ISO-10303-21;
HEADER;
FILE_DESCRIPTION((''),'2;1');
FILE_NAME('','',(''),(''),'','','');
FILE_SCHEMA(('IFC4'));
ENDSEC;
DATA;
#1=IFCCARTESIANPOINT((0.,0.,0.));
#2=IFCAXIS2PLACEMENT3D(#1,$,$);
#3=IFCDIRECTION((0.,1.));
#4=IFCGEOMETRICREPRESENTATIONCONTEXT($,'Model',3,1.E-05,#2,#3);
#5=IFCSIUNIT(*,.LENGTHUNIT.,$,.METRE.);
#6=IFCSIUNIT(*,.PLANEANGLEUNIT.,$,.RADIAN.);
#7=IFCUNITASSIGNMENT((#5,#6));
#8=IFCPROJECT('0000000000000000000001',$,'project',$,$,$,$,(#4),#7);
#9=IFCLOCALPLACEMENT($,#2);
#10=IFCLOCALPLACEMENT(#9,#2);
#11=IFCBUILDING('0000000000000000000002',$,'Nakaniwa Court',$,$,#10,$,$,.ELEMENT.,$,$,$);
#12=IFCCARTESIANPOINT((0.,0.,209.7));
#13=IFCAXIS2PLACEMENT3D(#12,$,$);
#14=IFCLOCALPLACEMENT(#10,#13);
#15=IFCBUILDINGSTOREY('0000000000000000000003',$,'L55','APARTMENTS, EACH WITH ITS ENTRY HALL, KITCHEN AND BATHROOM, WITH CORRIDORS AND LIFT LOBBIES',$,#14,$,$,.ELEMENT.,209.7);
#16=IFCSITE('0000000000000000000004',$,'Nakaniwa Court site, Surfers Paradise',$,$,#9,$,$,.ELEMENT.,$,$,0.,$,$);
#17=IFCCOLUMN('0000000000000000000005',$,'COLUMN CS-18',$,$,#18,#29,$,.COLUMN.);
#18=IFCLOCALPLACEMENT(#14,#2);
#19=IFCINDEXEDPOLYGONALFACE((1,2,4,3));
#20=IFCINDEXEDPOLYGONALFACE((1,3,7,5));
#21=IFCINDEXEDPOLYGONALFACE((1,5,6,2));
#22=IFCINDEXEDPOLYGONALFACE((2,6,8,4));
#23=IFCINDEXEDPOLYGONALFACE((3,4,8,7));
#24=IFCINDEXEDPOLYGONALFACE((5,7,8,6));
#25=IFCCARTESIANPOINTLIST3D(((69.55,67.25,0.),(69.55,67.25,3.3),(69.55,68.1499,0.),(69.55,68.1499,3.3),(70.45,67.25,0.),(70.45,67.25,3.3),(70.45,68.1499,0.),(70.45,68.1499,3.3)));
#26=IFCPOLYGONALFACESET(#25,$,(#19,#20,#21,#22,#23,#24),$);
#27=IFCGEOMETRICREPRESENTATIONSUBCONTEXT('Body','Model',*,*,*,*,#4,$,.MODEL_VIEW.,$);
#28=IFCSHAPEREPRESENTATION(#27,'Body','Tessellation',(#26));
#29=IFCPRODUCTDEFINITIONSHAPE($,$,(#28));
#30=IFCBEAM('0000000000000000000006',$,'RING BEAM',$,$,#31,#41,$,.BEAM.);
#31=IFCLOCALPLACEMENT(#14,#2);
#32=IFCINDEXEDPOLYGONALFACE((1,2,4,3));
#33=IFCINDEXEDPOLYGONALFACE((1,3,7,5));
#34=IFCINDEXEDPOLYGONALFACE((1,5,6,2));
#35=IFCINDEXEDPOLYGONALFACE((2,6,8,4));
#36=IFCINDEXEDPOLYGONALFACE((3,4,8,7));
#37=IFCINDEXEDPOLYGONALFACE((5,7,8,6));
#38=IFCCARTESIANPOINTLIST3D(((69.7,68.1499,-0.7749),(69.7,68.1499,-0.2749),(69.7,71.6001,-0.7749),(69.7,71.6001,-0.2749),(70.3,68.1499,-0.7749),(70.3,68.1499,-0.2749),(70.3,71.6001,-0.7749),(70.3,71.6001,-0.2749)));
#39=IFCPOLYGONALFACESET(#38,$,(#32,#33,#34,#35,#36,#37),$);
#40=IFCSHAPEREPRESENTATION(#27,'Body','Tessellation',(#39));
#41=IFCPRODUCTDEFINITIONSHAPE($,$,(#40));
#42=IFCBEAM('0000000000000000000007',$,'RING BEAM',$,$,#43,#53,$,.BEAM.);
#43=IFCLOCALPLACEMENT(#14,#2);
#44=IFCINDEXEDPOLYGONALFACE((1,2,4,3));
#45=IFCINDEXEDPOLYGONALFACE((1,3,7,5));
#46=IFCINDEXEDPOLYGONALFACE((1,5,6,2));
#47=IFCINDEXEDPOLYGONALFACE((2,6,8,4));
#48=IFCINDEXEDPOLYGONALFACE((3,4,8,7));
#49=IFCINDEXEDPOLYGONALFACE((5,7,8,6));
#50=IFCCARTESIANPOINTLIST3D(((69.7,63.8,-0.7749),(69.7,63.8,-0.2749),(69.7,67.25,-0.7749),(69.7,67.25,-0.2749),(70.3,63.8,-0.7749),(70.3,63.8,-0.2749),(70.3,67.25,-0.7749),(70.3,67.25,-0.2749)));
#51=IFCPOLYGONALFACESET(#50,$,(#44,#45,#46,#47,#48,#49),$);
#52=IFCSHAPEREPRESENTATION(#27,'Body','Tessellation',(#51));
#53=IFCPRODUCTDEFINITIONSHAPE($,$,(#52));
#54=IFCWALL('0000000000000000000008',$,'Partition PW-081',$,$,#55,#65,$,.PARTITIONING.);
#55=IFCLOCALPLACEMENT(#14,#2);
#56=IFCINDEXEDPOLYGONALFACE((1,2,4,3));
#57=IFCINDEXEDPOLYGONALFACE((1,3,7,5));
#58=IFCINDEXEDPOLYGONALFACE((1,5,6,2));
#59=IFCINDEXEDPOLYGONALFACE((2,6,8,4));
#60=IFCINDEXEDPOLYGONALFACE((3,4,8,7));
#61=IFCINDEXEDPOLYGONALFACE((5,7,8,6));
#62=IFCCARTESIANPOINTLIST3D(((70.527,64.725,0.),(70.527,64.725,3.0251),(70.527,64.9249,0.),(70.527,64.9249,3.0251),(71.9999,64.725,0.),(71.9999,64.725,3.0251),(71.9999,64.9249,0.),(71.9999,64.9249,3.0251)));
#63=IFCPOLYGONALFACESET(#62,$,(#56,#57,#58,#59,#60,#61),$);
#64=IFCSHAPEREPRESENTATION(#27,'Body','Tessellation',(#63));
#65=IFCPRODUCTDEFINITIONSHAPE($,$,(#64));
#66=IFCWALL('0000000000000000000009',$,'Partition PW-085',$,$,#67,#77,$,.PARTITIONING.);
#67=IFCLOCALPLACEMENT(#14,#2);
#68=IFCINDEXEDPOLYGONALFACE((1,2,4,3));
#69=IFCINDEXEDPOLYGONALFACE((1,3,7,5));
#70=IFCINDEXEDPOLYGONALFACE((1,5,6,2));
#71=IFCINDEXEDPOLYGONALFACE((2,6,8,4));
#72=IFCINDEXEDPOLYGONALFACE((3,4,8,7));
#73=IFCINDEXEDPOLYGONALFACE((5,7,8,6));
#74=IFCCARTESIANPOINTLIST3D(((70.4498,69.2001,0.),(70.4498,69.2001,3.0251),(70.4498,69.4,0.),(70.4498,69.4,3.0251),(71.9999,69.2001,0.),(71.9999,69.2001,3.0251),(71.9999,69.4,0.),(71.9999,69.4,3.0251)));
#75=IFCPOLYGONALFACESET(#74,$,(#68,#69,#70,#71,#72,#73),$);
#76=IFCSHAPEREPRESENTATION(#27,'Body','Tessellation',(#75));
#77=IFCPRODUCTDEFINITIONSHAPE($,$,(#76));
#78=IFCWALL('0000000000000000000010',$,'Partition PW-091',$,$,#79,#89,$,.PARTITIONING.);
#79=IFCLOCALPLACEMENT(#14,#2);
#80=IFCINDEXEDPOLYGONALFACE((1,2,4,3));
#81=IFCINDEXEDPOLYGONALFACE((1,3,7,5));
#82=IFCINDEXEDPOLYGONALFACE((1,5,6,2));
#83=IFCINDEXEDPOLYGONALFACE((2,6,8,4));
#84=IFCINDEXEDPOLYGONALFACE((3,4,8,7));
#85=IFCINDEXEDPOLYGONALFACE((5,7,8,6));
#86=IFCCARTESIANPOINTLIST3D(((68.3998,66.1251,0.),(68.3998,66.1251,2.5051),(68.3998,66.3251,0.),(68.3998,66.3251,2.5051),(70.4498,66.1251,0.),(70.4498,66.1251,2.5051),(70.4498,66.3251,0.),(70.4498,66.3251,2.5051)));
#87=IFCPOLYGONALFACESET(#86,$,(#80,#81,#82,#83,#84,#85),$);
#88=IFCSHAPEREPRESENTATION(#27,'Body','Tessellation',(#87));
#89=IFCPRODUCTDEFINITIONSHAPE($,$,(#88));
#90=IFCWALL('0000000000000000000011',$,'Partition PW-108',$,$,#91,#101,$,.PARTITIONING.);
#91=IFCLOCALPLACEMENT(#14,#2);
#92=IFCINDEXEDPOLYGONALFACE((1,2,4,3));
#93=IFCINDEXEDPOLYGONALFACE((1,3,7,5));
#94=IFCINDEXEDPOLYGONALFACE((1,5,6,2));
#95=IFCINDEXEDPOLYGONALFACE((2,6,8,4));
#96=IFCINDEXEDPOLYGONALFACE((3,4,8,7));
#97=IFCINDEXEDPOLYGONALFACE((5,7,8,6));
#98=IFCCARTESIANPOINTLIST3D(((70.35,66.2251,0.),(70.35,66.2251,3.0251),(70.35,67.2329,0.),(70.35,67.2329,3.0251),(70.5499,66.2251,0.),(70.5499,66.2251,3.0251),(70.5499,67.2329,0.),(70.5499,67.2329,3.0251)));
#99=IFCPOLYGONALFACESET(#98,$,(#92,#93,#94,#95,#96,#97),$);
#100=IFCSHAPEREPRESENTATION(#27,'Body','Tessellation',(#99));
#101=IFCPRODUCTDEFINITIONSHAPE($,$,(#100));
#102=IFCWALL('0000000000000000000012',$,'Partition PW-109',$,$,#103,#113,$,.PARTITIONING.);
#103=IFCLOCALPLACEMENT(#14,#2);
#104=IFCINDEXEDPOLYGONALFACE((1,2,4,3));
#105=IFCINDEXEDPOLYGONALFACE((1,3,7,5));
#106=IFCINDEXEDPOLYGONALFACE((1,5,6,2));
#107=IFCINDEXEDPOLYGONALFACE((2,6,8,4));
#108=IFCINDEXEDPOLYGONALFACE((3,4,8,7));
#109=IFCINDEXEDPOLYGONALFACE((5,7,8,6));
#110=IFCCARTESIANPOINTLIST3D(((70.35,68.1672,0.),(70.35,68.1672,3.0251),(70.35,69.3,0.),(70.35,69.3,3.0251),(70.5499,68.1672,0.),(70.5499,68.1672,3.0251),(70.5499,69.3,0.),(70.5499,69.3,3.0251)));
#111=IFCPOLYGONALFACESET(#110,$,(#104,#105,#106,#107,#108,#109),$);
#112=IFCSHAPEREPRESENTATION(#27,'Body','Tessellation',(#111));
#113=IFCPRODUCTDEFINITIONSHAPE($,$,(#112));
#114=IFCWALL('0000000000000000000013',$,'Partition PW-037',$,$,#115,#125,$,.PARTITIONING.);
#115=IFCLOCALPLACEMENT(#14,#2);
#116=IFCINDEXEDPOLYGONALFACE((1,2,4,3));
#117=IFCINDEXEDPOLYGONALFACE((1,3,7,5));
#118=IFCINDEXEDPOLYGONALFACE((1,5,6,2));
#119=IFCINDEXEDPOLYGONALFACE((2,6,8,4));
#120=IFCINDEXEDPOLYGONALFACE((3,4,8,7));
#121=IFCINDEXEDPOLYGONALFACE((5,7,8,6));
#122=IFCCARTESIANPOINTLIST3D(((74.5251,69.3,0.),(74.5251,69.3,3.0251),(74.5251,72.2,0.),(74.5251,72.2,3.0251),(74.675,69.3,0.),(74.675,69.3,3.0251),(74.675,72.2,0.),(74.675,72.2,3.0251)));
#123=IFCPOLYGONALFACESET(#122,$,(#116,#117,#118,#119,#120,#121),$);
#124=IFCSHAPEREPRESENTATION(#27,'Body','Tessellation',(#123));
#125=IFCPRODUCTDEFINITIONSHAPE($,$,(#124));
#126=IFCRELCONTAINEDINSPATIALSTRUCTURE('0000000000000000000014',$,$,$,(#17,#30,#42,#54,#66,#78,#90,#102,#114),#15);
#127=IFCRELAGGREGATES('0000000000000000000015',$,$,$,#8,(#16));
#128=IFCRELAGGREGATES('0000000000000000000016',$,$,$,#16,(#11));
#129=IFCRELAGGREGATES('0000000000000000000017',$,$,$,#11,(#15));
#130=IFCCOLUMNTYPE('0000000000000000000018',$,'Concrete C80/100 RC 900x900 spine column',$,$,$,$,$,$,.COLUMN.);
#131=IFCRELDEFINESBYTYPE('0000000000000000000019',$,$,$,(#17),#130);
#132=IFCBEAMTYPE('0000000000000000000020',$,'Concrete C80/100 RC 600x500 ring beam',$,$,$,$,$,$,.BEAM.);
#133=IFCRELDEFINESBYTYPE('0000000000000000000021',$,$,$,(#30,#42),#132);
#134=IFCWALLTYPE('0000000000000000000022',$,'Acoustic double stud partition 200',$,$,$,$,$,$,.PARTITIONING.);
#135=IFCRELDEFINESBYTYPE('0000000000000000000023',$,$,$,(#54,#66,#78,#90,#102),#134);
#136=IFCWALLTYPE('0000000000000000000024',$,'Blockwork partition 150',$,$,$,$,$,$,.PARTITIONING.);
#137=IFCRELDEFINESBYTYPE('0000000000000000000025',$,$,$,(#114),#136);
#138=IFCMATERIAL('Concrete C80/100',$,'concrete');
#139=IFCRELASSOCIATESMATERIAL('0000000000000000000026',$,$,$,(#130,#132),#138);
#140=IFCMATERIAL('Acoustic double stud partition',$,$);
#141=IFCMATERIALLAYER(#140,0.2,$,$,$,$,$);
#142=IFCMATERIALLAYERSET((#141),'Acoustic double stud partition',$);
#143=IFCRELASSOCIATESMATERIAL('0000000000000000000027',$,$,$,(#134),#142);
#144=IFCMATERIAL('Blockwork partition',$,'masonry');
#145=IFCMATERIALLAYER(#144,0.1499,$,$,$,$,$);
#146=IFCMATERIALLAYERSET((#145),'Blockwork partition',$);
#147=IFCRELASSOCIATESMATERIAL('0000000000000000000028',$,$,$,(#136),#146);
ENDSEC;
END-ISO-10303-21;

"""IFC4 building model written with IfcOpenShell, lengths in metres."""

from ifc_helpers import new_model, si_unit, direction, frame, frame_2d, origin, origin_2d, place, context, subcontext, project, spatial, rectangle, extrude, material, layer, layer_set, material_profile, profile_set, type_object, element, save


model = new_model("IFC4")

# Units and contexts
model_context = context("Model", 3, precision=1e-05, world=origin(), true_north=direction((0.0, 1.0)))
body_context = subcontext(model_context, "Body", "Model", "MODEL_VIEW")
ifc_project = project(units=[si_unit("LENGTHUNIT", "METRE"), si_unit("PLANEANGLEUNIT", "RADIAN")], contexts=[model_context])

# Site, building, storey
site_placement = place(None, origin())
site = spatial("IfcSite", under=ifc_project, at=site_placement, Name="Nakaniwa Court site, Surfers Paradise", CompositionType="ELEMENT", RefElevation=0.0)
building_placement = place(site_placement, origin())
building = spatial("IfcBuilding", under=site, at=building_placement, Name="Nakaniwa Court", CompositionType="ELEMENT")
storey_placement = place(building_placement, frame((0.0, 0.0, 209.7)))
storey = spatial("IfcBuildingStorey", under=building, at=storey_placement, Name="L55", Description="APARTMENTS, EACH WITH ITS ENTRY HALL, KITCHEN AND BATHROOM, WITH CORRIDORS AND LIFT LOBBIES", CompositionType="ELEMENT", Elevation=209.7)

# Column
ifc_material_1 = material(Name="Concrete C80/100", Category="concrete")
ifc_material_profile_1 = material_profile(ifc_material_1, rectangle(XDim=0.8999, YDim=0.8999, at=origin_2d()), Name="Concrete C80/100 RC 900x900 spine column")
ifc_profile_set_1 = profile_set([ifc_material_profile_1], Name="Concrete C80/100")
column_type = type_object("IfcColumnType", Name="Concrete C80/100 RC 900x900 spine column", PredefinedType="COLUMN", material=ifc_profile_set_1)
column_placement = place(storey_placement, frame((70.0, 67.7, 0.0), z_axis=(0.0, 0.0, 1.0), x_axis=(0.0, -1.0, 0.0)))
element("IfcColumn", 1, at=column_placement, inside=storey, type_object=column_type, Name="COLUMN CS-18", PredefinedType="COLUMN", context=body_context, shape_type="SweptSolid", body=[
    extrude(rectangle(XDim=0.8999, YDim=0.8999, at=origin_2d()), origin(), (0.0, 0.0, 1.0), 3.3),
])

# Beams
ifc_material_profile_2 = material_profile(ifc_material_1, rectangle(XDim=0.6001, YDim=0.5, at=origin_2d()), Name="Concrete C80/100 RC 600x500 ring beam")
ifc_profile_set_2 = profile_set([ifc_material_profile_2], Name="Concrete C80/100")
beam_type = type_object("IfcBeamType", Name="Concrete C80/100 RC 600x500 ring beam", PredefinedType="BEAM", material=ifc_profile_set_2)
beam_1_placement = place(storey_placement, frame((70.0, 71.6001, -0.5249), z_axis=(0.0, -1.0, 0.0), x_axis=(1.0, 0.0, 0.0)))
element("IfcBeam", 2, at=beam_1_placement, inside=storey, type_object=beam_type, Name="RING BEAM", PredefinedType="BEAM", context=body_context, shape_type="SweptSolid", body=[
    extrude(rectangle(XDim=0.6001, YDim=0.5, at=origin_2d()), origin(), (0.0, 0.0, 1.0), 3.4502),
])
beam_2_placement = place(storey_placement, frame((70.0, 67.25, -0.5249), z_axis=(0.0, -1.0, 0.0), x_axis=(1.0, 0.0, 0.0)))
element("IfcBeam", 3, at=beam_2_placement, inside=storey, type_object=beam_type, Name="RING BEAM", PredefinedType="BEAM", context=body_context, shape_type="SweptSolid", body=[
    extrude(rectangle(XDim=0.6001, YDim=0.5, at=origin_2d()), origin(), (0.0, 0.0, 1.0), 3.45),
])

# Walls
ifc_material_2 = material(Name="Acoustic double stud partition")
ifc_layer_1 = layer(ifc_material_2, 0.2)
ifc_layer_set_1 = layer_set([ifc_layer_1], Name="Acoustic double stud partition")
wall_type_1 = type_object("IfcWallType", Name="Acoustic double stud partition 200", PredefinedType="PARTITIONING", material=ifc_layer_set_1)
wall_1_placement = place(storey_placement, frame((70.5271, 64.825, 0.0), z_axis=(0.0, 0.0, 1.0), x_axis=(1.0, 0.0, 0.0)))
element("IfcWall", 4, at=wall_1_placement, inside=storey, type_object=wall_type_1, Name="Partition PW-081", PredefinedType="PARTITIONING", context=body_context, shape_type="SweptSolid", body=[
    extrude(rectangle(XDim=1.4729, YDim=0.2, at=frame_2d((0.7363, 0.0))), origin(), (0.0, 0.0, 1.0), 3.0251),
])
wall_2_placement = place(storey_placement, frame((70.45, 69.3, 0.0), z_axis=(0.0, 0.0, 1.0), x_axis=(1.0, 0.0, 0.0)))
element("IfcWall", 5, at=wall_2_placement, inside=storey, type_object=wall_type_1, Name="Partition PW-085", PredefinedType="PARTITIONING", context=body_context, shape_type="SweptSolid", body=[
    extrude(rectangle(XDim=1.55, YDim=0.2, at=frame_2d((0.7749, 0.0))), origin(), (0.0, 0.0, 1.0), 3.0251),
])
wall_3_placement = place(storey_placement, frame((68.3999, 66.2251, 0.0), z_axis=(0.0, 0.0, 1.0), x_axis=(1.0, 0.0, 0.0)))
element("IfcWall", 6, at=wall_3_placement, inside=storey, type_object=wall_type_1, Name="Partition PW-091", PredefinedType="PARTITIONING", context=body_context, shape_type="SweptSolid", body=[
    extrude(rectangle(XDim=2.05, YDim=0.2, at=frame_2d((1.0249, 0.0))), origin(), (0.0, 0.0, 1.0), 2.5051),
])
wall_4_placement = place(storey_placement, frame((70.45, 66.2251, 0.0), z_axis=(0.0, 0.0, 1.0), x_axis=(0.0, 1.0, 0.0)))
element("IfcWall", 7, at=wall_4_placement, inside=storey, type_object=wall_type_1, Name="Partition PW-108", PredefinedType="PARTITIONING", context=body_context, shape_type="SweptSolid", body=[
    extrude(rectangle(XDim=1.0078, YDim=0.2, at=frame_2d((0.5039, 0.0))), origin(), (0.0, 0.0, 1.0), 3.0251),
])
wall_5_placement = place(storey_placement, frame((70.45, 68.1672, 0.0), z_axis=(0.0, 0.0, 1.0), x_axis=(0.0, 1.0, 0.0)))
element("IfcWall", 8, at=wall_5_placement, inside=storey, type_object=wall_type_1, Name="Partition PW-109", PredefinedType="PARTITIONING", context=body_context, shape_type="SweptSolid", body=[
    extrude(rectangle(XDim=1.1328, YDim=0.2, at=frame_2d((0.5664, 0.0))), origin(), (0.0, 0.0, 1.0), 3.0251),
])
ifc_material_3 = material(Name="Blockwork partition", Category="masonry")
ifc_layer_2 = layer(ifc_material_3, 0.1499)
ifc_layer_set_2 = layer_set([ifc_layer_2], Name="Blockwork partition")
wall_type_2 = type_object("IfcWallType", Name="Blockwork partition 150", PredefinedType="PARTITIONING", material=ifc_layer_set_2)
wall_6_placement = place(storey_placement, frame((74.6001, 69.3, 0.0), z_axis=(0.0, 0.0, 1.0), x_axis=(0.0, 1.0, 0.0)))
element("IfcWall", 9, at=wall_6_placement, inside=storey, type_object=wall_type_2, Name="Partition PW-037", PredefinedType="PARTITIONING", context=body_context, shape_type="SweptSolid", body=[
    extrude(rectangle(XDim=2.8999, YDim=0.1499, at=frame_2d((1.45, 0.0))), origin(), (0.0, 0.0, 1.0), 3.0251),
])

save(model, "model.ifc")
